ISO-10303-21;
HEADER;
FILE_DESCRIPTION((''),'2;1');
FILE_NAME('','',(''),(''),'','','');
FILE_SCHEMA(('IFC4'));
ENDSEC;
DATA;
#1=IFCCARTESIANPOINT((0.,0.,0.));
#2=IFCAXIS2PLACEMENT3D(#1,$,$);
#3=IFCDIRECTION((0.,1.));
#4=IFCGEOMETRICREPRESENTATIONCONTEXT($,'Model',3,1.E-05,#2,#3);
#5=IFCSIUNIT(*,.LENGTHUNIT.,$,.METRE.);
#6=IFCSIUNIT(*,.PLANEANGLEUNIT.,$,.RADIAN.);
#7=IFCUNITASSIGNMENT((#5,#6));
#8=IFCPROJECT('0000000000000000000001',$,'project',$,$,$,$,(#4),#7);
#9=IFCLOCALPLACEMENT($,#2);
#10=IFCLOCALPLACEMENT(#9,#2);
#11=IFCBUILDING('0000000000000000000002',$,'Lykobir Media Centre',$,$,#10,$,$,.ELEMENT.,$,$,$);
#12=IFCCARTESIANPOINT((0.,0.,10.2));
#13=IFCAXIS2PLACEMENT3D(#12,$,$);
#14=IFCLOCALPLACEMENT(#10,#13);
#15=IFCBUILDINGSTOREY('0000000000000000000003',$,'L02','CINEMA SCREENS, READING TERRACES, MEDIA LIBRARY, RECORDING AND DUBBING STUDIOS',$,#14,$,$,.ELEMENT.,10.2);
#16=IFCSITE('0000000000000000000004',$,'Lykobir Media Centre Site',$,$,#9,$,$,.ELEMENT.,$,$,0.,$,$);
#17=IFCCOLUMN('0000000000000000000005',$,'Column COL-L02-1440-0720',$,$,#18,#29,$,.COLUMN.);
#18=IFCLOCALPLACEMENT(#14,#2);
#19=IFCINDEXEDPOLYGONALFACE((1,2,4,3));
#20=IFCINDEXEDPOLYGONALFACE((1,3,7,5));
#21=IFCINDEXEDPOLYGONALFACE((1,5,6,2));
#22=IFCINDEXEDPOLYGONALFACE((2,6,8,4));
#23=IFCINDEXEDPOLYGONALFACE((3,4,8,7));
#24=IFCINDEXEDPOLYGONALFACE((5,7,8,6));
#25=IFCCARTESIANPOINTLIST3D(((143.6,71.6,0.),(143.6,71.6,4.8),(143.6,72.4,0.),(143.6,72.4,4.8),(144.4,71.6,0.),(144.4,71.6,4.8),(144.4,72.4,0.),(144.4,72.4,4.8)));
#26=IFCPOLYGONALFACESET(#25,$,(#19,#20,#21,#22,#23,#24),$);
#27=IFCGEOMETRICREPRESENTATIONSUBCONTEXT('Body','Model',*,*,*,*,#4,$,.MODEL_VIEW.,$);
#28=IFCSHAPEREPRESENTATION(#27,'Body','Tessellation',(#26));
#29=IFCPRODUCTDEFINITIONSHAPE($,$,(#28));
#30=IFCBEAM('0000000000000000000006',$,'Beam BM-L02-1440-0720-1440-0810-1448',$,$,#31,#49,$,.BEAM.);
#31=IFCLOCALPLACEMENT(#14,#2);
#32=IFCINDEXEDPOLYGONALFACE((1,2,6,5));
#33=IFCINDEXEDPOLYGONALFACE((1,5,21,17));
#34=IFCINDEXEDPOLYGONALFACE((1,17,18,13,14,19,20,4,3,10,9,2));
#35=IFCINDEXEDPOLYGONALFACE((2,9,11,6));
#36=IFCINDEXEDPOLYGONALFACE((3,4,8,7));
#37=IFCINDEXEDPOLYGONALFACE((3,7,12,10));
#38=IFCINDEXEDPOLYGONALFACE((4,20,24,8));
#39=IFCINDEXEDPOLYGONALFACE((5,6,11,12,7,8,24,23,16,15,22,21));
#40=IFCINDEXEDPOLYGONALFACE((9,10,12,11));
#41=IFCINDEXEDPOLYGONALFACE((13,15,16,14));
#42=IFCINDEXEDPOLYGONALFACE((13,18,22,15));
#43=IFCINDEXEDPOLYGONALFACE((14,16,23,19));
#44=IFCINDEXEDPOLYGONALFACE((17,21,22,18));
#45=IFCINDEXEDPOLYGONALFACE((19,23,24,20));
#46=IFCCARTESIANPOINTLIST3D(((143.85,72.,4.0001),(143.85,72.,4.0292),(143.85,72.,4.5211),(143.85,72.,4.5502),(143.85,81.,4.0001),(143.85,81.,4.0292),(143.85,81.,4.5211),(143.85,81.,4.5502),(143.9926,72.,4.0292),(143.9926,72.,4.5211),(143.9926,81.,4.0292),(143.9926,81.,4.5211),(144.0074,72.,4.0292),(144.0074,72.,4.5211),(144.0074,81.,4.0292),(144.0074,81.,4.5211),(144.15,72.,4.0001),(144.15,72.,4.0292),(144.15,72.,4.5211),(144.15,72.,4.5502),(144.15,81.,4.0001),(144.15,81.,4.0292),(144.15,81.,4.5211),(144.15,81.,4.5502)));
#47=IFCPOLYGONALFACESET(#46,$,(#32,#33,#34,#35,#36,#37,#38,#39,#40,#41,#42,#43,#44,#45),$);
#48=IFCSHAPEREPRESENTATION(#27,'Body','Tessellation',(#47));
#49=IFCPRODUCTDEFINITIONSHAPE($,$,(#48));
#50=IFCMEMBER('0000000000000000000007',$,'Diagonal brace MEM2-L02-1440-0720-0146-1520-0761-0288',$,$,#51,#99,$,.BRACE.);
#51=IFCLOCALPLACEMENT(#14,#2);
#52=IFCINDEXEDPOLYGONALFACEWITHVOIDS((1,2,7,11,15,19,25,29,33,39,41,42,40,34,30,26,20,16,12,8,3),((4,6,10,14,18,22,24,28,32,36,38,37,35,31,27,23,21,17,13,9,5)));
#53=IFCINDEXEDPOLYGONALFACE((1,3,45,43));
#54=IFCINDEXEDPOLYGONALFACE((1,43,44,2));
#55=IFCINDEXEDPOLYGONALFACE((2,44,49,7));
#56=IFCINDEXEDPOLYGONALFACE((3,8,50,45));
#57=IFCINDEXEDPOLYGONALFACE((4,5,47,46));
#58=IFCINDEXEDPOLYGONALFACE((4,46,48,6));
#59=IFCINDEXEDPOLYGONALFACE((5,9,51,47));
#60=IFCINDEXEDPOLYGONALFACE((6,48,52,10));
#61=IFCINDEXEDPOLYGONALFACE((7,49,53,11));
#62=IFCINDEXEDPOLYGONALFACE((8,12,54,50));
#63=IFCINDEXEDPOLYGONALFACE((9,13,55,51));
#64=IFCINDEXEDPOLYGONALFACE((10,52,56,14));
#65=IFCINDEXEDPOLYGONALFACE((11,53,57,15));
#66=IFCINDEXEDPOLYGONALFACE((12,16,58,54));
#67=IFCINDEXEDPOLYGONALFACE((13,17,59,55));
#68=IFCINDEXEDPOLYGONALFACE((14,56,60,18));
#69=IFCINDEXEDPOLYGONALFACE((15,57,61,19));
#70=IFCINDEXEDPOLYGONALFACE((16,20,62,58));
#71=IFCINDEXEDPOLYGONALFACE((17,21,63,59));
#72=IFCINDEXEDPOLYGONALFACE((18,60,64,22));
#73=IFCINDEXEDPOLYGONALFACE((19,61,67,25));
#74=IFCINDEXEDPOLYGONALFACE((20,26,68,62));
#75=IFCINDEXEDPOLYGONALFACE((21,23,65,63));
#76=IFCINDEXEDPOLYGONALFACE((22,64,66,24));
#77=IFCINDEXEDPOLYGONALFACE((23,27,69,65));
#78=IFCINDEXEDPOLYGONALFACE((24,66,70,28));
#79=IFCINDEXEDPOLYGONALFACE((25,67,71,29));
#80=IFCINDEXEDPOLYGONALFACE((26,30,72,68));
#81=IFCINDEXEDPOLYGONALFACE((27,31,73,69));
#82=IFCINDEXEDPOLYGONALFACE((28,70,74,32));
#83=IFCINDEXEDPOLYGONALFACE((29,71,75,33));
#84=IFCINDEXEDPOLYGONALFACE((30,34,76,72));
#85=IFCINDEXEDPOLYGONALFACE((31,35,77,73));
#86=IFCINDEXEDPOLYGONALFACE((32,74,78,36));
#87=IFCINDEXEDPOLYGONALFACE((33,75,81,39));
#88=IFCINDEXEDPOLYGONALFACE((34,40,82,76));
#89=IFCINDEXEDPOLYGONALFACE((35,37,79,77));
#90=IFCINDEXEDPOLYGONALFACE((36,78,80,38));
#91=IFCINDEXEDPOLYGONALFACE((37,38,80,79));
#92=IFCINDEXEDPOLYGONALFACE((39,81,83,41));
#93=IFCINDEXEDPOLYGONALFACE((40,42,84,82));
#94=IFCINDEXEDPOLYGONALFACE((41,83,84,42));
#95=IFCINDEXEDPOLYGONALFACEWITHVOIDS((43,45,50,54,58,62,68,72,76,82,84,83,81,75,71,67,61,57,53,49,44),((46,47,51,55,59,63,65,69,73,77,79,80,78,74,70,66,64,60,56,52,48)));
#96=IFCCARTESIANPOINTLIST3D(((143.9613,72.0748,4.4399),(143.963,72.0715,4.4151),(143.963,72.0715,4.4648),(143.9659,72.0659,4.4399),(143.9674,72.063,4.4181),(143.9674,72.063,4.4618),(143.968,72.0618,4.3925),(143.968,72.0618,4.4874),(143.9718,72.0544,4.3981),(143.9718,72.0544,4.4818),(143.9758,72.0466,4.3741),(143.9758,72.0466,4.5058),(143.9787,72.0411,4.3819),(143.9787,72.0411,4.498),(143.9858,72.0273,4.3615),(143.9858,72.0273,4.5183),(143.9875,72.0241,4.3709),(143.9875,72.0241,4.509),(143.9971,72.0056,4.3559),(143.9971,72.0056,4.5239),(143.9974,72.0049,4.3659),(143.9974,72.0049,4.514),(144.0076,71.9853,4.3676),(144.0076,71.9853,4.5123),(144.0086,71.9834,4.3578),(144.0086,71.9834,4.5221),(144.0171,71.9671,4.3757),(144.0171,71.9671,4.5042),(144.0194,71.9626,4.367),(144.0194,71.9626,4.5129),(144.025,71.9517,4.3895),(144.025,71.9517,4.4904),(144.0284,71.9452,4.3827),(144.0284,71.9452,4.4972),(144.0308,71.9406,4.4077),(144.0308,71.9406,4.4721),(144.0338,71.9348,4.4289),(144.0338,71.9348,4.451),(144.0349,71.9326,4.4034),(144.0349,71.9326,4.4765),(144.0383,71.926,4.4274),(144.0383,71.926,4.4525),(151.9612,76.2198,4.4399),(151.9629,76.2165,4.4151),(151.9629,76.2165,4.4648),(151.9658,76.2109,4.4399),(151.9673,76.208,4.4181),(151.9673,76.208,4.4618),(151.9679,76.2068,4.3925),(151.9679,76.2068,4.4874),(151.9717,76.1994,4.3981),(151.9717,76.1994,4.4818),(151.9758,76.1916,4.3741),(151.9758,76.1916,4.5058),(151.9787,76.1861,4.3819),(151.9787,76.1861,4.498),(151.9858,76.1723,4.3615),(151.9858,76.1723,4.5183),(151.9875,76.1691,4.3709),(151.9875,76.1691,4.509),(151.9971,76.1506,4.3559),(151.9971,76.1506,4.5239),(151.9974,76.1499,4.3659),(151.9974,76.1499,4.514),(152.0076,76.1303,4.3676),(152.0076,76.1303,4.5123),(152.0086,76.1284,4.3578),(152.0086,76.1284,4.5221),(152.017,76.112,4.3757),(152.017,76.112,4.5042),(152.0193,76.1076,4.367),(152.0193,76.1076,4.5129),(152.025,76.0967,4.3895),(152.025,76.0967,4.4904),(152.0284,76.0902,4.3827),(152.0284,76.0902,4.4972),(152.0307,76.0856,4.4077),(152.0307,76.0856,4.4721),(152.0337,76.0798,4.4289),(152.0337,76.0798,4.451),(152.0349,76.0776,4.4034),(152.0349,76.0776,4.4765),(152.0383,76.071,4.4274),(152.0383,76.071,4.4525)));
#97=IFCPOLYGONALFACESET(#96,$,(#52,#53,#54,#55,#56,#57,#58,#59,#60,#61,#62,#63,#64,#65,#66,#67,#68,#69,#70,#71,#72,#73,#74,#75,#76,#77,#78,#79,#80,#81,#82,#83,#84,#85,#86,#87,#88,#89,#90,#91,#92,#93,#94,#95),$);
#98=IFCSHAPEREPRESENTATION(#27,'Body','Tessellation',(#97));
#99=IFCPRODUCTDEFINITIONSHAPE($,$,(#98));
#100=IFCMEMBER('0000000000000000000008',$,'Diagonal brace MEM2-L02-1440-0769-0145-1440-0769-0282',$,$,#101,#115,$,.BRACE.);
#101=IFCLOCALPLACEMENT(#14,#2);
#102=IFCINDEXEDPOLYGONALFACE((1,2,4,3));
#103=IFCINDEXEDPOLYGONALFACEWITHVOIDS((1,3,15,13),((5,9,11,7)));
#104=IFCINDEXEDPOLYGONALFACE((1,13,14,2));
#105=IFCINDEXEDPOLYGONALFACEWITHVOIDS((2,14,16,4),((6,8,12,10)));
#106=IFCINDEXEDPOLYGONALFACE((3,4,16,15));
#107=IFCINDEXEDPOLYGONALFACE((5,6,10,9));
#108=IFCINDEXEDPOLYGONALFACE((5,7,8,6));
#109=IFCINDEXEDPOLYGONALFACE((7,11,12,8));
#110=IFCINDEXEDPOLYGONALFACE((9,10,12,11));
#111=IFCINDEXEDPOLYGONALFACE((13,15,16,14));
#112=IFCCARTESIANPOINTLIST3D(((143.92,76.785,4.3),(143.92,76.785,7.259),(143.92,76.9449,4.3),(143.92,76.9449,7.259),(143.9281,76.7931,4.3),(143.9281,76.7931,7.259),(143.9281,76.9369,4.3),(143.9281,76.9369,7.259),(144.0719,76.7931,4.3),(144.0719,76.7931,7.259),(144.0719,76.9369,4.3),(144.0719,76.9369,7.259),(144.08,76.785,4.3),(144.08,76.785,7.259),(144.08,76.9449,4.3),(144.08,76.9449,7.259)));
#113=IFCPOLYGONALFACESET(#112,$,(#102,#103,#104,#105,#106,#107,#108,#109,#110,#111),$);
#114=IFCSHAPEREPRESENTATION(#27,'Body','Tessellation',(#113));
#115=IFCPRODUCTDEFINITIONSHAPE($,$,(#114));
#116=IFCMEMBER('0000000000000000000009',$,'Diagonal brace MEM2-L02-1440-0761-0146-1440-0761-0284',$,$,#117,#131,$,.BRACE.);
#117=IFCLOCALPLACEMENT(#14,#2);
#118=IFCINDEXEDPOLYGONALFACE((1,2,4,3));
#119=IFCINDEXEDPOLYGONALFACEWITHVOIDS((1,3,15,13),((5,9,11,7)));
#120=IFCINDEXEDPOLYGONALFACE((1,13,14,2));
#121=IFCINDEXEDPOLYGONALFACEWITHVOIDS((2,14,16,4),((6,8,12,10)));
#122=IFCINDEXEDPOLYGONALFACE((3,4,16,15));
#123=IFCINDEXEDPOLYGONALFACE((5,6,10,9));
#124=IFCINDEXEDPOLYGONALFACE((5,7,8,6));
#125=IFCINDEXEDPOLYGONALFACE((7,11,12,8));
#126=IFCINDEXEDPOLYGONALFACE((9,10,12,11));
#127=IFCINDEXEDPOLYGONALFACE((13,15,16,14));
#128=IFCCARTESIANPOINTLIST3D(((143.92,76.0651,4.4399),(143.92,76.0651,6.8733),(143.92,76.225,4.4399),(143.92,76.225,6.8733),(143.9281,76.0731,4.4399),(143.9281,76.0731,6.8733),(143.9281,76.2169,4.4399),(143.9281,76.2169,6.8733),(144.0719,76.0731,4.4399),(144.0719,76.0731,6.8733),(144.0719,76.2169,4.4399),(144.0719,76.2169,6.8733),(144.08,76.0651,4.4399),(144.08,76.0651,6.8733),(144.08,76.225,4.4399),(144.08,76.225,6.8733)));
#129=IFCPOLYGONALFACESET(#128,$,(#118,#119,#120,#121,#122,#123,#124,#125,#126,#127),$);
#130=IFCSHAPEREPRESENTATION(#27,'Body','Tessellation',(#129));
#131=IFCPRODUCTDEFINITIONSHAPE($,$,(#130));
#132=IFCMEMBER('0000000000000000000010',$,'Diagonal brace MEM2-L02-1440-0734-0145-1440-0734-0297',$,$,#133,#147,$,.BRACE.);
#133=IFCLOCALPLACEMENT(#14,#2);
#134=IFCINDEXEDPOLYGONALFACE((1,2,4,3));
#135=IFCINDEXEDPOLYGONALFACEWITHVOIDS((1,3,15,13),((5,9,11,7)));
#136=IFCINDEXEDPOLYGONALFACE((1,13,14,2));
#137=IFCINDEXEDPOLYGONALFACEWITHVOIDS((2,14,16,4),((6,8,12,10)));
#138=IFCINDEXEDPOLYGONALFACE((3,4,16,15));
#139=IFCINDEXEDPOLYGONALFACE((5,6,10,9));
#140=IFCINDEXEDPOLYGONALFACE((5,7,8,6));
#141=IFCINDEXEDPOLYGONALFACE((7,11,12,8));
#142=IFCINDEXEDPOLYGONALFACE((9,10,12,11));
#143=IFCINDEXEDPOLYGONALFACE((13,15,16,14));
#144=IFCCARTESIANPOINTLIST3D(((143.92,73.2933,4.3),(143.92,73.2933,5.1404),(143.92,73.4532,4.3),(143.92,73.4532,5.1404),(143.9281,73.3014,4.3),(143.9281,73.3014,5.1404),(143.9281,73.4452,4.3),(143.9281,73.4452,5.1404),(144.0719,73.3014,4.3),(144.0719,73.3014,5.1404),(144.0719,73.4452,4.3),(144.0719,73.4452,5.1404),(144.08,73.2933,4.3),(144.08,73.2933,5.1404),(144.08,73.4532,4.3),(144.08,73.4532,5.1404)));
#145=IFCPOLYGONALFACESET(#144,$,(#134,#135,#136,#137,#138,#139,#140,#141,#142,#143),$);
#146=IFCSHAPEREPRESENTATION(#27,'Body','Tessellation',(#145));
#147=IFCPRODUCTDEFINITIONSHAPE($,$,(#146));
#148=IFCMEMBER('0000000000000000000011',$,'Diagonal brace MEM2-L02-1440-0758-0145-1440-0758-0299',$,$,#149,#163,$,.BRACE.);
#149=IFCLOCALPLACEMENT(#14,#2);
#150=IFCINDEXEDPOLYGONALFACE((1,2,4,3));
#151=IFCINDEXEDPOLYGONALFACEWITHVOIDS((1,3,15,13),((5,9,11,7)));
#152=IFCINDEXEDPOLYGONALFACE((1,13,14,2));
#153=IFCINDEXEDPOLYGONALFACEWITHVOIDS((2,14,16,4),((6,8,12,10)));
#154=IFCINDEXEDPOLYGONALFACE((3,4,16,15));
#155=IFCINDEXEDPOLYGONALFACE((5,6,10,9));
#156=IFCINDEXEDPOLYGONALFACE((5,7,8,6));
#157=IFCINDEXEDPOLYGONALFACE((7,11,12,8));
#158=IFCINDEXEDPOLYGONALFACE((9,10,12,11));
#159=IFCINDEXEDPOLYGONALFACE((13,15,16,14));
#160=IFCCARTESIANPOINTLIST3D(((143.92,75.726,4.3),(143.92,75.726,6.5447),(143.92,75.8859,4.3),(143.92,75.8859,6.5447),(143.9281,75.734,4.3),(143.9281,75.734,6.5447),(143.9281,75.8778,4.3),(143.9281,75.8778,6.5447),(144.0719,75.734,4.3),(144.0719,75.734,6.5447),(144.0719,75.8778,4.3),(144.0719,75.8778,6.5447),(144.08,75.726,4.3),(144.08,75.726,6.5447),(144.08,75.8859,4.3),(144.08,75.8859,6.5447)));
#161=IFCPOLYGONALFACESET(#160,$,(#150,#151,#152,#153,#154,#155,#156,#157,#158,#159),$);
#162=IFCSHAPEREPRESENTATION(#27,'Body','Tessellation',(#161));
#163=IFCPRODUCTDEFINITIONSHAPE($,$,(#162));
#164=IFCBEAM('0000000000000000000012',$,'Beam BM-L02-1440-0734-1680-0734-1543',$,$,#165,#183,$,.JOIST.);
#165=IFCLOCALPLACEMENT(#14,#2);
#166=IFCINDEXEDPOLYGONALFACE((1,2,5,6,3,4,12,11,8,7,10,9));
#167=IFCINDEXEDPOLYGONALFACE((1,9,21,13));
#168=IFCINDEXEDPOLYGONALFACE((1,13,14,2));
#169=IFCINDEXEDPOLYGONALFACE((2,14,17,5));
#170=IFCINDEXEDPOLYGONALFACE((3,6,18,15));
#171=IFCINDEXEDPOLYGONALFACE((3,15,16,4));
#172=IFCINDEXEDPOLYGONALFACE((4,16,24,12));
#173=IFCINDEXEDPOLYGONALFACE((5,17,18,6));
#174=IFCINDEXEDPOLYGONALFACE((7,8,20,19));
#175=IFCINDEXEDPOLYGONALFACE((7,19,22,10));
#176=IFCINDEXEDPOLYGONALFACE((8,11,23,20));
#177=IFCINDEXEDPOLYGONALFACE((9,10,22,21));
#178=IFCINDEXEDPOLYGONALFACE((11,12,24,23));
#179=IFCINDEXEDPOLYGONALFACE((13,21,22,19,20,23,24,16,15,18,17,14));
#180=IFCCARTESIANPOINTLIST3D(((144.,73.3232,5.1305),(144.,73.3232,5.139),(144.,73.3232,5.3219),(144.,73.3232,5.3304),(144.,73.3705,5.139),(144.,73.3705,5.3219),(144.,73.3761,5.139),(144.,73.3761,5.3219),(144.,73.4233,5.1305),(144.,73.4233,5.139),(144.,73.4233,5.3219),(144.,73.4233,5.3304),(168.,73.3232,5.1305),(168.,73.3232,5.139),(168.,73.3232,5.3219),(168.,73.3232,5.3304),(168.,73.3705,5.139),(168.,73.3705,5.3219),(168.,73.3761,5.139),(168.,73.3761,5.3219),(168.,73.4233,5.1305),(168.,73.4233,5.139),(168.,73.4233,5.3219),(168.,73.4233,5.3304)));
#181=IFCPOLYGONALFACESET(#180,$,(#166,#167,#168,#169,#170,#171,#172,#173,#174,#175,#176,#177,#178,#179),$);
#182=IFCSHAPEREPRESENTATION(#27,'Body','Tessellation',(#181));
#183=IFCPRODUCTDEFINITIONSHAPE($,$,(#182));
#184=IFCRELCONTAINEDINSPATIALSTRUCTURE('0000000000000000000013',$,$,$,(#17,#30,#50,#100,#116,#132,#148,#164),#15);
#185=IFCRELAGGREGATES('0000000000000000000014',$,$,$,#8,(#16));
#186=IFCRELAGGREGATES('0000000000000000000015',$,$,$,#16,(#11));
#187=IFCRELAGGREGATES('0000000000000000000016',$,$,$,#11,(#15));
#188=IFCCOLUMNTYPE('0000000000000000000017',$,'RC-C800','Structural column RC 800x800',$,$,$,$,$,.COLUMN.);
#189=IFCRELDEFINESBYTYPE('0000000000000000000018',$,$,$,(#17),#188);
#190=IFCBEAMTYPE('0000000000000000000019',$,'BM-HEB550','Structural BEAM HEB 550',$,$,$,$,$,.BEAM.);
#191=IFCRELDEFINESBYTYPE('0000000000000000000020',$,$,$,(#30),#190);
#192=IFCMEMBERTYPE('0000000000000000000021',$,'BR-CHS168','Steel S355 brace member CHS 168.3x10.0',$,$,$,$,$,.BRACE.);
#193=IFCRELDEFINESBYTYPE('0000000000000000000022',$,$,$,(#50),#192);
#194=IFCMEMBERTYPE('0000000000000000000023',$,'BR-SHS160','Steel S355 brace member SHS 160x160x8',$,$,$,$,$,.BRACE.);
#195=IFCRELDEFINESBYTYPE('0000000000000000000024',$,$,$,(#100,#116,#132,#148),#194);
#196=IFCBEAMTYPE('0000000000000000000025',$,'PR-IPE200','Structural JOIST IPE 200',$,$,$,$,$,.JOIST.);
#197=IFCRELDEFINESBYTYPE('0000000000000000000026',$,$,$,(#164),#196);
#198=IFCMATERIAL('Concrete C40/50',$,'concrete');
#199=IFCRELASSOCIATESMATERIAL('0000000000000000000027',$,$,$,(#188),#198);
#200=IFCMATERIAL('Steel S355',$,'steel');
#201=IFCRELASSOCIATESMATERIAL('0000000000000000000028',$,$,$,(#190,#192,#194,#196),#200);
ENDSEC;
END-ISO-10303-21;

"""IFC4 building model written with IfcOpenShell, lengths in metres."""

from ifc_helpers import new_model, si_unit, direction, frame, origin, origin_2d, place, context, subcontext, project, spatial, rectangle, hollow_rectangle, hollow_circle, i_section, extrude, material, material_profile, profile_set, type_object, element, save


model = new_model("IFC4")

# Units and contexts
model_context = context("Model", 3, precision=1e-05, world=origin(), true_north=direction((0.0, 1.0)))
body_context = subcontext(model_context, "Body", "Model", "MODEL_VIEW")
ifc_project = project(units=[si_unit("LENGTHUNIT", "METRE"), si_unit("PLANEANGLEUNIT", "RADIAN")], contexts=[model_context])

# Site, building, storey
site_placement = place(None, origin())
site = spatial("IfcSite", under=ifc_project, at=site_placement, Name="Lykobir Media Centre Site", CompositionType="ELEMENT", RefElevation=0.0)
building_placement = place(site_placement, origin())
building = spatial("IfcBuilding", under=site, at=building_placement, Name="Lykobir Media Centre", CompositionType="ELEMENT")
storey_placement = place(building_placement, frame((0.0, 0.0, 10.2)))
storey = spatial("IfcBuildingStorey", under=building, at=storey_placement, Name="L02", Description="CINEMA SCREENS, READING TERRACES, MEDIA LIBRARY, RECORDING AND DUBBING STUDIOS", CompositionType="ELEMENT", Elevation=10.2)

# Column
ifc_material_1 = material(Name="Concrete C40/50", Category="concrete")
ifc_material_profile_1 = material_profile(ifc_material_1, rectangle(XDim=0.8, YDim=0.8, at=origin_2d()), Name="RC 800x800")
ifc_profile_set_1 = profile_set([ifc_material_profile_1], Name="Concrete C40/50")
column_type = type_object("IfcColumnType", Name="RC-C800", Description="Structural column RC 800x800", PredefinedType="COLUMN", material=ifc_profile_set_1)
column_placement = place(storey_placement, frame((144.0, 72.0, 0.0), z_axis=(0.0, 0.0, 1.0), x_axis=(1.0, 0.0, 0.0)))
element("IfcColumn", 1, at=column_placement, inside=storey, type_object=column_type, Name="Column COL-L02-1440-0720", PredefinedType="COLUMN", context=body_context, shape_type="SweptSolid", body=[
    extrude(rectangle(XDim=0.8, YDim=0.8, at=origin_2d()), origin(), (0.0, 0.0, 1.0), 4.8),
])

# Beam
ifc_material_2 = material(Name="Steel S355", Category="steel")
ifc_material_profile_2 = material_profile(ifc_material_2, i_section(OverallWidth=0.3, OverallDepth=0.55, WebThickness=0.0149, FlangeThickness=0.0291, at=origin_2d()), Name="HEB 550")
ifc_profile_set_2 = profile_set([ifc_material_profile_2], Name="Steel S355")
beam_type_1 = type_object("IfcBeamType", Name="BM-HEB550", Description="Structural BEAM HEB 550", PredefinedType="BEAM", material=ifc_profile_set_2)
beam_1_placement = place(storey_placement, frame((144.0, 72.0, 4.2751), z_axis=(0.0, 1.0, 0.0), x_axis=(-1.0, 0.0, 0.0)))
element("IfcBeam", 2, at=beam_1_placement, inside=storey, type_object=beam_type_1, Name="Beam BM-L02-1440-0720-1440-0810-1448", PredefinedType="BEAM", context=body_context, shape_type="SweptSolid", body=[
    extrude(i_section(OverallWidth=0.3, OverallDepth=0.55, WebThickness=0.0149, FlangeThickness=0.0291, at=origin_2d()), origin(), (0.0, 0.0, 1.0), 9.0),
])

# Members
ifc_material_profile_3 = material_profile(ifc_material_2, hollow_circle(Radius=0.0842, WallThickness=0.01, at=origin_2d()), Name="CHS 168.3x10.0")
ifc_profile_set_3 = profile_set([ifc_material_profile_3], Name="Steel S355")
member_type_1 = type_object("IfcMemberType", Name="BR-CHS168", Description="Steel S355 brace member CHS 168.3x10.0", PredefinedType="BRACE", material=ifc_profile_set_3)
member_1_placement = place(storey_placement, frame((144.0, 72.0, 4.4399), z_axis=(0.887896, 0.460043, 0.0), x_axis=(-0.460043, 0.887896, 0.0)))
element("IfcMember", 3, at=member_1_placement, inside=storey, type_object=member_type_1, Name="Diagonal brace MEM2-L02-1440-0720-0146-1520-0761-0288", PredefinedType="BRACE", context=body_context, shape_type="SweptSolid", body=[
    extrude(hollow_circle(Radius=0.0842, WallThickness=0.01, at=origin_2d()), origin(), (0.0, 0.0, 1.0), 9.01),
])
ifc_material_profile_4 = material_profile(ifc_material_2, hollow_rectangle(XDim=0.1599, YDim=0.1599, WallThickness=0.0081, at=origin_2d()), Name="SHS 160x160x8")
ifc_profile_set_4 = profile_set([ifc_material_profile_4], Name="Steel S355")
member_type_2 = type_object("IfcMemberType", Name="BR-SHS160", Description="Steel S355 brace member SHS 160x160x8", PredefinedType="BRACE", material=ifc_profile_set_4)
member_2_placement = place(storey_placement, frame((144.0, 76.865, 4.3), z_axis=(0.0, 0.0, 1.0), x_axis=(1.0, 0.0, 0.0)))
element("IfcMember", 4, at=member_2_placement, inside=storey, type_object=member_type_2, Name="Diagonal brace MEM2-L02-1440-0769-0145-1440-0769-0282", PredefinedType="BRACE", context=body_context, shape_type="SweptSolid", body=[
    extrude(hollow_rectangle(XDim=0.1599, YDim=0.1599, WallThickness=0.0081, at=origin_2d()), origin(), (0.0, 0.0, 1.0), 2.959),
])
member_3_placement = place(storey_placement, frame((144.0, 76.145, 4.4399), z_axis=(0.0, 0.0, 1.0), x_axis=(1.0, 0.0, 0.0)))
element("IfcMember", 5, at=member_3_placement, inside=storey, type_object=member_type_2, Name="Diagonal brace MEM2-L02-1440-0761-0146-1440-0761-0284", PredefinedType="BRACE", context=body_context, shape_type="SweptSolid", body=[
    extrude(hollow_rectangle(XDim=0.1599, YDim=0.1599, WallThickness=0.0081, at=origin_2d()), origin(), (0.0, 0.0, 1.0), 2.4333),
])
member_4_placement = place(storey_placement, frame((144.0, 73.3733, 4.3), z_axis=(0.0, 0.0, 1.0), x_axis=(1.0, 0.0, 0.0)))
element("IfcMember", 6, at=member_4_placement, inside=storey, type_object=member_type_2, Name="Diagonal brace MEM2-L02-1440-0734-0145-1440-0734-0297", PredefinedType="BRACE", context=body_context, shape_type="SweptSolid", body=[
    extrude(hollow_rectangle(XDim=0.1599, YDim=0.1599, WallThickness=0.0081, at=origin_2d()), origin(), (0.0, 0.0, 1.0), 0.8403),
])
member_5_placement = place(storey_placement, frame((144.0, 75.8059, 4.3), z_axis=(0.0, 0.0, 1.0), x_axis=(1.0, 0.0, 0.0)))
element("IfcMember", 7, at=member_5_placement, inside=storey, type_object=member_type_2, Name="Diagonal brace MEM2-L02-1440-0758-0145-1440-0758-0299", PredefinedType="BRACE", context=body_context, shape_type="SweptSolid", body=[
    extrude(hollow_rectangle(XDim=0.1599, YDim=0.1599, WallThickness=0.0081, at=origin_2d()), origin(), (0.0, 0.0, 1.0), 2.2446),
])

# Beam
ifc_material_profile_5 = material_profile(ifc_material_2, i_section(OverallWidth=0.1001, OverallDepth=0.2, WebThickness=0.0056, FlangeThickness=0.0085, at=origin_2d()), Name="IPE 200")
ifc_profile_set_5 = profile_set([ifc_material_profile_5], Name="Steel S355")
beam_type_2 = type_object("IfcBeamType", Name="PR-IPE200", Description="Structural JOIST IPE 200", PredefinedType="JOIST", material=ifc_profile_set_5)
for number, where, z_axis, x_axis, name in (
    (8, (144.0, 73.3733, 5.2305), (1.0, 0.0, 0.0), (0.0, 1.0, 0.0), "Beam BM-L02-1440-0734-1680-0734-1543"),
):
    element("IfcBeam", number, at=place(storey_placement, frame(where, z_axis=z_axis, x_axis=x_axis)), inside=storey, type_object=beam_type_2, Name=name, PredefinedType="JOIST", context=body_context, shape_type="SweptSolid", body=[
        extrude(i_section(OverallWidth=0.1001, OverallDepth=0.2, WebThickness=0.0056, FlangeThickness=0.0085, at=origin_2d()), origin(), (0.0, 0.0, 1.0), 24.0),
    ])

save(model, "model.ifc")
